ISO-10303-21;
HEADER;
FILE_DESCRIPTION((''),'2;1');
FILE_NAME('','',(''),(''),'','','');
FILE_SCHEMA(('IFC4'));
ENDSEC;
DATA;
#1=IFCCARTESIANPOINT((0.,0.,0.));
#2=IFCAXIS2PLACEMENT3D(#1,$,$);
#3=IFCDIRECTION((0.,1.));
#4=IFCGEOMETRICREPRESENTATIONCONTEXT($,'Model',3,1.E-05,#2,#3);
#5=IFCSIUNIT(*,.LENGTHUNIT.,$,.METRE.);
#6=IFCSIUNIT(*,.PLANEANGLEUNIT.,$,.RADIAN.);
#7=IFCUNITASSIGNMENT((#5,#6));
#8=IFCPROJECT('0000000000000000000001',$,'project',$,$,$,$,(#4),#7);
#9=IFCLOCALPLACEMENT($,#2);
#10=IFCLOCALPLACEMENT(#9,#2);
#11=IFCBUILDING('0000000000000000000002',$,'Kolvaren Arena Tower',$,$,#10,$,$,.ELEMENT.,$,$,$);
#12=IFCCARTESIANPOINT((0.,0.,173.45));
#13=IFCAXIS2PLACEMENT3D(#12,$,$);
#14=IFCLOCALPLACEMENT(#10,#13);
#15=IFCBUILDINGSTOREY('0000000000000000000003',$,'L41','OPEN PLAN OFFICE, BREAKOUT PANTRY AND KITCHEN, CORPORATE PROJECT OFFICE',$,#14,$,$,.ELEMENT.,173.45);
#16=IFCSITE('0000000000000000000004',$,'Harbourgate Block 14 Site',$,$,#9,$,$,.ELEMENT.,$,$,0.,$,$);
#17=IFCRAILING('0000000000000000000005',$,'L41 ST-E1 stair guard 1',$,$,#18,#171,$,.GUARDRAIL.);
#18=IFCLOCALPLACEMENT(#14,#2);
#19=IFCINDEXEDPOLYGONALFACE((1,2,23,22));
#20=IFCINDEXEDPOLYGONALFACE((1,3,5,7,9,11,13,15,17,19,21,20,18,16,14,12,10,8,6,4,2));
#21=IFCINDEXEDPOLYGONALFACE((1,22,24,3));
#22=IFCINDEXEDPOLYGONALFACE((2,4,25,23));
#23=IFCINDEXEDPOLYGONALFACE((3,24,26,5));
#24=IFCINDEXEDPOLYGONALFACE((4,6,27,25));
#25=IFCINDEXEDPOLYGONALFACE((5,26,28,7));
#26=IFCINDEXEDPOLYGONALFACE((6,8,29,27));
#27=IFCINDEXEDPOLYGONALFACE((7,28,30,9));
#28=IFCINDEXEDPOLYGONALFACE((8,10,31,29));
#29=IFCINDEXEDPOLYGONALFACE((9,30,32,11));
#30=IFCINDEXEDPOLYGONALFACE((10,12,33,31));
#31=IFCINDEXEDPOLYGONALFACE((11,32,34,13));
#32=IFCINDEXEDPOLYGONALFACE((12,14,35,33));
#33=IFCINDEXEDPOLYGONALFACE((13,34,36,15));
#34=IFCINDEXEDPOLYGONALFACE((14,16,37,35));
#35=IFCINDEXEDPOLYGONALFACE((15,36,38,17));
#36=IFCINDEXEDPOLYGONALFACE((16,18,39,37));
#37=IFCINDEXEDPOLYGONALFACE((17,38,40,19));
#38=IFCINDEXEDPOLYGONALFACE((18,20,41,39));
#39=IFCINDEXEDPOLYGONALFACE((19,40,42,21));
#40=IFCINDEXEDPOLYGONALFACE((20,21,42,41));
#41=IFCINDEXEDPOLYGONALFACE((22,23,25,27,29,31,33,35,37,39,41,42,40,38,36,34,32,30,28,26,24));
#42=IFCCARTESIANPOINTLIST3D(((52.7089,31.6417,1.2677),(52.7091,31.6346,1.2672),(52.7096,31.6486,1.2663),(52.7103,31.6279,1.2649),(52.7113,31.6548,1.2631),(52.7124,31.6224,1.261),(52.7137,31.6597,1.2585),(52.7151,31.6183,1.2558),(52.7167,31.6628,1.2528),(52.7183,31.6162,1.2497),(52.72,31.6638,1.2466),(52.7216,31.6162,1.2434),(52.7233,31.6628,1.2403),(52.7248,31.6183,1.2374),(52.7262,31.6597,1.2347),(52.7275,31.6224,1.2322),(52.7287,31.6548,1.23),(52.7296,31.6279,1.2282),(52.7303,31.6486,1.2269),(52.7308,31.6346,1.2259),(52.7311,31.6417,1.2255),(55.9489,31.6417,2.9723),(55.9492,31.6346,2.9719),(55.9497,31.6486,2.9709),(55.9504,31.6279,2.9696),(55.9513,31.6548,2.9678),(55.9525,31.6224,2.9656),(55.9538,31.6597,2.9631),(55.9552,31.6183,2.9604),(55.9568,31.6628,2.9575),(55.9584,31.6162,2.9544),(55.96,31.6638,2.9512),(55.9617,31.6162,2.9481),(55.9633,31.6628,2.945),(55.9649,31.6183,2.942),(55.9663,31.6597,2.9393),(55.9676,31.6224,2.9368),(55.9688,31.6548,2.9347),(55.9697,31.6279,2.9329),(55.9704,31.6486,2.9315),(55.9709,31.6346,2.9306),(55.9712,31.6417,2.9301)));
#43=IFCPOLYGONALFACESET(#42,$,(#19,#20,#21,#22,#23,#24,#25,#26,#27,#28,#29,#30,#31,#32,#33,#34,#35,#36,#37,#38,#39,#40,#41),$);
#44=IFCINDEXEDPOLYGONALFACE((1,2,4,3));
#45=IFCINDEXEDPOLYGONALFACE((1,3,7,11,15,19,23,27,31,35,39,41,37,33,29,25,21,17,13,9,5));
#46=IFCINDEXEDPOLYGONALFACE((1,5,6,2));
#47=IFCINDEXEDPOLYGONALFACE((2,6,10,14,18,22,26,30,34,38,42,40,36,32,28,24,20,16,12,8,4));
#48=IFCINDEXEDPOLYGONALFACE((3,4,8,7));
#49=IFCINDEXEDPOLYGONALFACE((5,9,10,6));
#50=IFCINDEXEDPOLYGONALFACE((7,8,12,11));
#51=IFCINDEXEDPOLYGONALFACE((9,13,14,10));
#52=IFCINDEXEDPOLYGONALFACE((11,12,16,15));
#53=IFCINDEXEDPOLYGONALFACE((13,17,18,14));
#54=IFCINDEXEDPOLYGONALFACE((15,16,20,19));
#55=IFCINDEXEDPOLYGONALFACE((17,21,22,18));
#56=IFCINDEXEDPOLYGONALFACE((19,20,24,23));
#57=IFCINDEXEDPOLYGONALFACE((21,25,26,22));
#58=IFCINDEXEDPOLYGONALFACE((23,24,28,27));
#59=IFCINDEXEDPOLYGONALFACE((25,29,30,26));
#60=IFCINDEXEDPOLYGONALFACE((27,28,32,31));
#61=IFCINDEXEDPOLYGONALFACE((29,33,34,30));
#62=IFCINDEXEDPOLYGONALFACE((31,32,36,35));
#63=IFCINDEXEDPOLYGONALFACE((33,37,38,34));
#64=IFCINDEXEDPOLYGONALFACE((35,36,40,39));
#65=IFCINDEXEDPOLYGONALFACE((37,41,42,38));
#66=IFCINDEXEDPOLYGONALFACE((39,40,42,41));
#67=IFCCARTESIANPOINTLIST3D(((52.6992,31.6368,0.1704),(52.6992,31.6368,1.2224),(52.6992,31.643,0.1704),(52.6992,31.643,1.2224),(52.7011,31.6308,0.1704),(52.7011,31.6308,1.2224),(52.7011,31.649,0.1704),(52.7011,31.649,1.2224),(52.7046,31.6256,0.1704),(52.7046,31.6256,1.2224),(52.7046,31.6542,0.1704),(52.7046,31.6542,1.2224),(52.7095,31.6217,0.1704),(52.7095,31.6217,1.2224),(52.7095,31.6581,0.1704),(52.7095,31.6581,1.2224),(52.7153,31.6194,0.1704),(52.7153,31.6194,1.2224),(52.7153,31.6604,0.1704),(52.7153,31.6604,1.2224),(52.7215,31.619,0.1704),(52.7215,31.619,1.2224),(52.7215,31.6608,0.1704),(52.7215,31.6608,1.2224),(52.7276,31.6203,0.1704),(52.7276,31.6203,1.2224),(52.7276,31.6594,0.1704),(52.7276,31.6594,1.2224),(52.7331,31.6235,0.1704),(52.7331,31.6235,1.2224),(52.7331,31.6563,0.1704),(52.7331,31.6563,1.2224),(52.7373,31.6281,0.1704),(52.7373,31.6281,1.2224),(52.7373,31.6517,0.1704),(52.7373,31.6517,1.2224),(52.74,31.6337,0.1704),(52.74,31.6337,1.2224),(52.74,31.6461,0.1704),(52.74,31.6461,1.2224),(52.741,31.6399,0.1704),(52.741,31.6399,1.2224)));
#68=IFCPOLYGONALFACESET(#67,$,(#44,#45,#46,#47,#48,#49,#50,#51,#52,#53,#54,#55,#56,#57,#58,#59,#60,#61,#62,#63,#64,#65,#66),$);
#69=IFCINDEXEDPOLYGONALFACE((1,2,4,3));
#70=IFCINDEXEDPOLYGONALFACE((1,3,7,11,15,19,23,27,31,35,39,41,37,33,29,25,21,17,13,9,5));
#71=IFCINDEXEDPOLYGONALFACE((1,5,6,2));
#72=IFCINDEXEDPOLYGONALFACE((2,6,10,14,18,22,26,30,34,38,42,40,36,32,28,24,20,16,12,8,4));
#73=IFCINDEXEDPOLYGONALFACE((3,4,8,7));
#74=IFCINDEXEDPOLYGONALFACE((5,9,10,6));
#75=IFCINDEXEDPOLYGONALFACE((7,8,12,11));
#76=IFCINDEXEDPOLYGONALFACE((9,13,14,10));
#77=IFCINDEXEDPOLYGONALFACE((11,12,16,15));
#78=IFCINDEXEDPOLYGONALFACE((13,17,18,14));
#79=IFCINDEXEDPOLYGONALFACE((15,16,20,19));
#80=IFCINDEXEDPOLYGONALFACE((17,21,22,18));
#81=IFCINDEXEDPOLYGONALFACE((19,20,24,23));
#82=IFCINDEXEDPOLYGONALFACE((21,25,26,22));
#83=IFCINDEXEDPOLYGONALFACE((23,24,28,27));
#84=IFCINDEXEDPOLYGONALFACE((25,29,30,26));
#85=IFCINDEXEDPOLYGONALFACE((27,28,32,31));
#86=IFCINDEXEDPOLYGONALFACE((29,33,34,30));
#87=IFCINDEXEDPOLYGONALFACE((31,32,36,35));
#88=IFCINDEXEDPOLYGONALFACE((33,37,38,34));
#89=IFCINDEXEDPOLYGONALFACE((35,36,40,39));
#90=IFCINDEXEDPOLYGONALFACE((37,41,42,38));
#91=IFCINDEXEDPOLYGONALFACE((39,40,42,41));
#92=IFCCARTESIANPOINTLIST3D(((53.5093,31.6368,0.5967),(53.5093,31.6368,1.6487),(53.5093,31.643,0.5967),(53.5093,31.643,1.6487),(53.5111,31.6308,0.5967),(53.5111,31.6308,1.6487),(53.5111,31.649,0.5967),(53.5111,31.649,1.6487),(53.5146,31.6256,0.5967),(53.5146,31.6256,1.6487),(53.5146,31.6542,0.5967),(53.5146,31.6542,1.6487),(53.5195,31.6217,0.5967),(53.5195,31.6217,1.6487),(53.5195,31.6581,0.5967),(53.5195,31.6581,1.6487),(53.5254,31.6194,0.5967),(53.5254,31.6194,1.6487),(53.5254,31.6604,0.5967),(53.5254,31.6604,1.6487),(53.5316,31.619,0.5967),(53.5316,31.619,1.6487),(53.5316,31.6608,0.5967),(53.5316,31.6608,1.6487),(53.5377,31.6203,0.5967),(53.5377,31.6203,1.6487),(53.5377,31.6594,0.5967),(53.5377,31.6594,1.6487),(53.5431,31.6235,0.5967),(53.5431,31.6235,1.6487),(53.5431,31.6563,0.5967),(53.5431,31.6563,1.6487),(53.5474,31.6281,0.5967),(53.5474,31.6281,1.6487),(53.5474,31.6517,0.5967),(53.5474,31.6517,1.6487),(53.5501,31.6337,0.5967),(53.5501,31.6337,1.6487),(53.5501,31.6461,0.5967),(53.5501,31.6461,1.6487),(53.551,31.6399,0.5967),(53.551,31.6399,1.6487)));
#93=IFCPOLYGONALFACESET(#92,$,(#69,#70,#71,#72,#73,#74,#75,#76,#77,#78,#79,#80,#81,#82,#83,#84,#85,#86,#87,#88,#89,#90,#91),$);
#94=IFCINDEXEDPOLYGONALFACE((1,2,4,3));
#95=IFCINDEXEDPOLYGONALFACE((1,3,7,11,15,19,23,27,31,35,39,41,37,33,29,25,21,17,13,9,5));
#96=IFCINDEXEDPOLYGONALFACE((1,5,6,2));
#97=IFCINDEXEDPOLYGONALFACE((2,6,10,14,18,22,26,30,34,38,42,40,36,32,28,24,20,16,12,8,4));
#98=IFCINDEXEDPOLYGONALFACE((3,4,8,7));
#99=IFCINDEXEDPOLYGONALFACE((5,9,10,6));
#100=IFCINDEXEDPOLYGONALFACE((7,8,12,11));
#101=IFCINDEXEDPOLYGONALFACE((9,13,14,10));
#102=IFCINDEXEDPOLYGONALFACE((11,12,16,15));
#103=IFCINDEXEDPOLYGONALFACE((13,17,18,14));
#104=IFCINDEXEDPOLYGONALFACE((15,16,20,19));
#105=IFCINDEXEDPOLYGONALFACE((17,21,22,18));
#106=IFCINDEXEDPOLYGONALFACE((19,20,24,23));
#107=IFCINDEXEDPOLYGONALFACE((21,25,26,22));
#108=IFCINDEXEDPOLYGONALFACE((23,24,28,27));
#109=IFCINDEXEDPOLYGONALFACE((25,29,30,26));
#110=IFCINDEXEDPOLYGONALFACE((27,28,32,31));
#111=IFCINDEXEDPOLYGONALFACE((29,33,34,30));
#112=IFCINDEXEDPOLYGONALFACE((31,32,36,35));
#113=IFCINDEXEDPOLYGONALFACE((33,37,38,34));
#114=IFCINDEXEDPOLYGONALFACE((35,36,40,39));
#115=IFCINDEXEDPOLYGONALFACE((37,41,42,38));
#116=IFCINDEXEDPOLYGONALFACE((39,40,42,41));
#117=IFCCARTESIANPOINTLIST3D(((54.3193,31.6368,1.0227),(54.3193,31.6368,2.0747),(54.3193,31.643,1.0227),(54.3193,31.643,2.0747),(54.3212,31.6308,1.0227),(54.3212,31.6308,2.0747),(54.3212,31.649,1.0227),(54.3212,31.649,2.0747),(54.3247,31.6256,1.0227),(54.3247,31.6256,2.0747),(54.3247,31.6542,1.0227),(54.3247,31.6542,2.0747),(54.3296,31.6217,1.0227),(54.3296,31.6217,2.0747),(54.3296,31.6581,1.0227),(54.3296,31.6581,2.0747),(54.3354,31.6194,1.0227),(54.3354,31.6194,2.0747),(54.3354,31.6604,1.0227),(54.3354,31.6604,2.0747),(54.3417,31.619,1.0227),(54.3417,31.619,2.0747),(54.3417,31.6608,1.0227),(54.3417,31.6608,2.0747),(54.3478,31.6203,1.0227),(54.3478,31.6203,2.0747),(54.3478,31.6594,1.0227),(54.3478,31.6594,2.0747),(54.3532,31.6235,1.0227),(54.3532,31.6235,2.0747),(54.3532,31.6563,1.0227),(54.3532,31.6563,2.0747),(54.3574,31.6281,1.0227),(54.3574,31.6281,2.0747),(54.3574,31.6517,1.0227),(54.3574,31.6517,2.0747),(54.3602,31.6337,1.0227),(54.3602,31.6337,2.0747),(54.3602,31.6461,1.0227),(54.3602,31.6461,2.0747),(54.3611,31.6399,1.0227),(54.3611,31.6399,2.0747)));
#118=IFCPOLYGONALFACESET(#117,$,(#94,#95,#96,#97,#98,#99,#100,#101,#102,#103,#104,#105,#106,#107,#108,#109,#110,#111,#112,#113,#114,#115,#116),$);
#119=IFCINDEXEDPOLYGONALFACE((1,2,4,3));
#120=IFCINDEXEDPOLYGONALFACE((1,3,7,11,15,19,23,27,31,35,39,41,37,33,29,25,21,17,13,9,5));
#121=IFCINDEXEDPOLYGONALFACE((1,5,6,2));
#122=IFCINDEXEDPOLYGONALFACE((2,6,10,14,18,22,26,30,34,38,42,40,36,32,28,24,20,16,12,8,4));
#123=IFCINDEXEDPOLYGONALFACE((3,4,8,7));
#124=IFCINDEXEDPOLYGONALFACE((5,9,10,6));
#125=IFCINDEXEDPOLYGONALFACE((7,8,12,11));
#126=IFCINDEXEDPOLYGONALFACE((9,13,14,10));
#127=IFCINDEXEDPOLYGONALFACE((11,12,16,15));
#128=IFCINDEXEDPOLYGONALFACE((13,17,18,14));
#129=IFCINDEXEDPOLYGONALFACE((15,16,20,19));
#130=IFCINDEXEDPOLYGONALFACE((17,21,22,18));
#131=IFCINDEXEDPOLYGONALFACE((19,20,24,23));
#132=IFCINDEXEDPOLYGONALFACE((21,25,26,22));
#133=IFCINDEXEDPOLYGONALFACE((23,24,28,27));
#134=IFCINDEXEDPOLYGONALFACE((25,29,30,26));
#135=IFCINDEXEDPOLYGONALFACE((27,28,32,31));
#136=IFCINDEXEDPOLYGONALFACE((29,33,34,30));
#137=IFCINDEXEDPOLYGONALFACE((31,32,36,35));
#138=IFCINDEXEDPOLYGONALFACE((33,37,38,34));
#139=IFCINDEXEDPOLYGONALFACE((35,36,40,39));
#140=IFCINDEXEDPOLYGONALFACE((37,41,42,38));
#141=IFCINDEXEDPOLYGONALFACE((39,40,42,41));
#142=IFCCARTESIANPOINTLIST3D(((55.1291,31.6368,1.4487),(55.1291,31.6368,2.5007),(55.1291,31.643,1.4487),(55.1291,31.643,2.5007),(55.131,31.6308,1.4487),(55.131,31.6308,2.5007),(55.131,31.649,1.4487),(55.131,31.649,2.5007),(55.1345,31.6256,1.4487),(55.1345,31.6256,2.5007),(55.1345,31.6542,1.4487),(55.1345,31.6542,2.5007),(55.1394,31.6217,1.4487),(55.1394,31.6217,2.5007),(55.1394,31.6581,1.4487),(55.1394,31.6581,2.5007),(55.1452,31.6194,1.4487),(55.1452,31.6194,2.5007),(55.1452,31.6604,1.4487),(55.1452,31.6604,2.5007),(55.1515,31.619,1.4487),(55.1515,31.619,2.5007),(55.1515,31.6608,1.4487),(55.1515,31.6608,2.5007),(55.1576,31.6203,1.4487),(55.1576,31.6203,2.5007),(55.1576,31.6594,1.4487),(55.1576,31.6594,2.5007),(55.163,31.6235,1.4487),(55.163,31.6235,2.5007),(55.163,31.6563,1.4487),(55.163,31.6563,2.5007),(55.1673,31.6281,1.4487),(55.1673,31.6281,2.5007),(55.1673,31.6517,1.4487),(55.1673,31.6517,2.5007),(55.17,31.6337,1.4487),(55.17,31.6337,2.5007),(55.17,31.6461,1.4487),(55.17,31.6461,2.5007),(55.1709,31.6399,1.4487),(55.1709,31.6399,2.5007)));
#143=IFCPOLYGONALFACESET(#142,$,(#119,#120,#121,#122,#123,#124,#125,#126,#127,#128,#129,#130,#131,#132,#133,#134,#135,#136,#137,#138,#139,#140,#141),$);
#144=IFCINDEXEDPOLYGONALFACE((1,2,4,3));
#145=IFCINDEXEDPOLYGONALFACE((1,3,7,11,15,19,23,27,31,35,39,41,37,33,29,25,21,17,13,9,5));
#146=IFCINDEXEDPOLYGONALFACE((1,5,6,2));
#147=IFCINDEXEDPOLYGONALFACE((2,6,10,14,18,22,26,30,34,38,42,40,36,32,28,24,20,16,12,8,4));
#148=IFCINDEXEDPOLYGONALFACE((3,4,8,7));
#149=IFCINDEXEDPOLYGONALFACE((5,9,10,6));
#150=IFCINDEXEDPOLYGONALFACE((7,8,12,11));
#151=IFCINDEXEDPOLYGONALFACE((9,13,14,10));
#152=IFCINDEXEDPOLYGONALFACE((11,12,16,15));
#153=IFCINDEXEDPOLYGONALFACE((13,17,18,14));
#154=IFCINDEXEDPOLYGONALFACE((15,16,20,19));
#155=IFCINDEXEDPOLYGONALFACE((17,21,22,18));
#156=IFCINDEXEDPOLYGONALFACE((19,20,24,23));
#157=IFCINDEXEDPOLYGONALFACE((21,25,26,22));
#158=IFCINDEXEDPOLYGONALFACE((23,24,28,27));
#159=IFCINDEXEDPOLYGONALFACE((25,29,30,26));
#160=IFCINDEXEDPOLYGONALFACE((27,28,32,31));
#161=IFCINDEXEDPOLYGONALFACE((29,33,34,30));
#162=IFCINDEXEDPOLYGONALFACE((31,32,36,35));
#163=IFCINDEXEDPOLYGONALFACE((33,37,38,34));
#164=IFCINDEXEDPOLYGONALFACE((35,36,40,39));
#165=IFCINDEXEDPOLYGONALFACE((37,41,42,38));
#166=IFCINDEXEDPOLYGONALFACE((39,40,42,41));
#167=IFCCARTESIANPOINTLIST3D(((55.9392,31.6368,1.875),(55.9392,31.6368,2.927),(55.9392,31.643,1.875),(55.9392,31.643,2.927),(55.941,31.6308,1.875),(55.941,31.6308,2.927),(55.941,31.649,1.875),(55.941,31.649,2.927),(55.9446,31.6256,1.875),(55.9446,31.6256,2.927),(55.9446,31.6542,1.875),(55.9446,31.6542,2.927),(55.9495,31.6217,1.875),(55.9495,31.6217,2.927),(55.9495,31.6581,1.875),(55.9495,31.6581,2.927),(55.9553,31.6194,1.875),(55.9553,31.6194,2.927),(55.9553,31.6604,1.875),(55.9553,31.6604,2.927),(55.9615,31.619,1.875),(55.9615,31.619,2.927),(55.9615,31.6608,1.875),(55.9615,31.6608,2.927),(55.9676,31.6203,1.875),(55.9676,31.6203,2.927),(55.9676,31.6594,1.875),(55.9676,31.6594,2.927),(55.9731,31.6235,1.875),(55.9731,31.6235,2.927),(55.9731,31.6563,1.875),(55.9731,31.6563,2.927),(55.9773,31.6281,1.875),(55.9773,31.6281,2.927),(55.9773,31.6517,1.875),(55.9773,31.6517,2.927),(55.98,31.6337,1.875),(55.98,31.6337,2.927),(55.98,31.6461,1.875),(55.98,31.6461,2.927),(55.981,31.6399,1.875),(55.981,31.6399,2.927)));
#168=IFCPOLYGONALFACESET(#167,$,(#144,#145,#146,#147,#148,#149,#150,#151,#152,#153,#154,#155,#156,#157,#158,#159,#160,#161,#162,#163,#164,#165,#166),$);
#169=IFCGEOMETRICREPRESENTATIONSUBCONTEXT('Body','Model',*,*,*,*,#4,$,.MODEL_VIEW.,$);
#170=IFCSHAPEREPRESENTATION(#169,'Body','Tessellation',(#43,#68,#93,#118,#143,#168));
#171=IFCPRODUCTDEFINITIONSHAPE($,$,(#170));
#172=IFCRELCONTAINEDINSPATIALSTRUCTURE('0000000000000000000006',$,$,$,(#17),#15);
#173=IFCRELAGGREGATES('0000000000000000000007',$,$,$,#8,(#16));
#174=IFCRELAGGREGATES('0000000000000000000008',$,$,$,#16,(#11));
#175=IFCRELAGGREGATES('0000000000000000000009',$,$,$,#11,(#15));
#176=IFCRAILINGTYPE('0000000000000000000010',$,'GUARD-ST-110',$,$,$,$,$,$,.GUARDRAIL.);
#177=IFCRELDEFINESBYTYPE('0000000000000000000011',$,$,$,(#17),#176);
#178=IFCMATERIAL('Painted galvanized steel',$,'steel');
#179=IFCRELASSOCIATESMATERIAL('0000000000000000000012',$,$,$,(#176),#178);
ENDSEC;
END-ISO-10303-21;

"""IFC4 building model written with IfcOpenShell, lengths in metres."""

from ifc_helpers import new_model, si_unit, direction, frame, origin, origin_2d, place, context, subcontext, project, spatial, circle, extrude, material, type_object, element, save


model = new_model("IFC4")

# Units and contexts
model_context = context("Model", 3, precision=1e-05, world=origin(), true_north=direction((0.0, 1.0)))
body_context = subcontext(model_context, "Body", "Model", "MODEL_VIEW")
ifc_project = project(units=[si_unit("LENGTHUNIT", "METRE"), si_unit("PLANEANGLEUNIT", "RADIAN")], contexts=[model_context])

# Site, building, storey
site_placement = place(None, origin())
site = spatial("IfcSite", under=ifc_project, at=site_placement, Name="Harbourgate Block 14 Site", CompositionType="ELEMENT", RefElevation=0.0)
building_placement = place(site_placement, origin())
building = spatial("IfcBuilding", under=site, at=building_placement, Name="Kolvaren Arena Tower", CompositionType="ELEMENT")
storey_placement = place(building_placement, frame((0.0, 0.0, 173.45)))
storey = spatial("IfcBuildingStorey", under=building, at=storey_placement, Name="L41", Description="OPEN PLAN OFFICE, BREAKOUT PANTRY AND KITCHEN, CORPORATE PROJECT OFFICE", CompositionType="ELEMENT", Elevation=173.45)

# Railing
ifc_material_1 = material(Name="Painted galvanized steel", Category="steel")
railing_type_1 = type_object("IfcRailingType", Name="GUARD-ST-110", PredefinedType="GUARDRAIL", material=ifc_material_1)
railing_1_placement = place(storey_placement, frame((52.72, 31.6399, 0.1704)))
element("IfcRailing", 1, at=railing_1_placement, inside=storey, type_object=railing_type_1, Name="L41 ST-E1 stair guard 1", PredefinedType="GUARDRAIL", context=body_context, shape_type="SweptSolid", body=[
    extrude(circle(Radius=0.0239, at=origin_2d()), frame((0.0, 0.0, 1.0762), z_axis=(0.884993, 0.0, 0.465604), x_axis=(0.0, 1.0, 0.0)), (0.0, 0.0, 1.0), 3.6611),
    extrude(circle(Radius=0.021, at=origin_2d()), origin(), (0.0, 0.0, 1.0), 1.052),
    extrude(circle(Radius=0.021, at=origin_2d()), frame((0.8101, 0.0, 0.4263)), (0.0, 0.0, 1.0), 1.052),
    extrude(circle(Radius=0.021, at=origin_2d()), frame((1.6201, 0.0, 0.8523)), (0.0, 0.0, 1.0), 1.052),
    extrude(circle(Radius=0.021, at=origin_2d()), frame((2.4299, 0.0, 1.2783)), (0.0, 0.0, 1.0), 1.052),
    extrude(circle(Radius=0.021, at=origin_2d()), frame((3.24, 0.0, 1.7046)), (0.0, 0.0, 1.0), 1.052),
])

save(model, "model.ifc")
